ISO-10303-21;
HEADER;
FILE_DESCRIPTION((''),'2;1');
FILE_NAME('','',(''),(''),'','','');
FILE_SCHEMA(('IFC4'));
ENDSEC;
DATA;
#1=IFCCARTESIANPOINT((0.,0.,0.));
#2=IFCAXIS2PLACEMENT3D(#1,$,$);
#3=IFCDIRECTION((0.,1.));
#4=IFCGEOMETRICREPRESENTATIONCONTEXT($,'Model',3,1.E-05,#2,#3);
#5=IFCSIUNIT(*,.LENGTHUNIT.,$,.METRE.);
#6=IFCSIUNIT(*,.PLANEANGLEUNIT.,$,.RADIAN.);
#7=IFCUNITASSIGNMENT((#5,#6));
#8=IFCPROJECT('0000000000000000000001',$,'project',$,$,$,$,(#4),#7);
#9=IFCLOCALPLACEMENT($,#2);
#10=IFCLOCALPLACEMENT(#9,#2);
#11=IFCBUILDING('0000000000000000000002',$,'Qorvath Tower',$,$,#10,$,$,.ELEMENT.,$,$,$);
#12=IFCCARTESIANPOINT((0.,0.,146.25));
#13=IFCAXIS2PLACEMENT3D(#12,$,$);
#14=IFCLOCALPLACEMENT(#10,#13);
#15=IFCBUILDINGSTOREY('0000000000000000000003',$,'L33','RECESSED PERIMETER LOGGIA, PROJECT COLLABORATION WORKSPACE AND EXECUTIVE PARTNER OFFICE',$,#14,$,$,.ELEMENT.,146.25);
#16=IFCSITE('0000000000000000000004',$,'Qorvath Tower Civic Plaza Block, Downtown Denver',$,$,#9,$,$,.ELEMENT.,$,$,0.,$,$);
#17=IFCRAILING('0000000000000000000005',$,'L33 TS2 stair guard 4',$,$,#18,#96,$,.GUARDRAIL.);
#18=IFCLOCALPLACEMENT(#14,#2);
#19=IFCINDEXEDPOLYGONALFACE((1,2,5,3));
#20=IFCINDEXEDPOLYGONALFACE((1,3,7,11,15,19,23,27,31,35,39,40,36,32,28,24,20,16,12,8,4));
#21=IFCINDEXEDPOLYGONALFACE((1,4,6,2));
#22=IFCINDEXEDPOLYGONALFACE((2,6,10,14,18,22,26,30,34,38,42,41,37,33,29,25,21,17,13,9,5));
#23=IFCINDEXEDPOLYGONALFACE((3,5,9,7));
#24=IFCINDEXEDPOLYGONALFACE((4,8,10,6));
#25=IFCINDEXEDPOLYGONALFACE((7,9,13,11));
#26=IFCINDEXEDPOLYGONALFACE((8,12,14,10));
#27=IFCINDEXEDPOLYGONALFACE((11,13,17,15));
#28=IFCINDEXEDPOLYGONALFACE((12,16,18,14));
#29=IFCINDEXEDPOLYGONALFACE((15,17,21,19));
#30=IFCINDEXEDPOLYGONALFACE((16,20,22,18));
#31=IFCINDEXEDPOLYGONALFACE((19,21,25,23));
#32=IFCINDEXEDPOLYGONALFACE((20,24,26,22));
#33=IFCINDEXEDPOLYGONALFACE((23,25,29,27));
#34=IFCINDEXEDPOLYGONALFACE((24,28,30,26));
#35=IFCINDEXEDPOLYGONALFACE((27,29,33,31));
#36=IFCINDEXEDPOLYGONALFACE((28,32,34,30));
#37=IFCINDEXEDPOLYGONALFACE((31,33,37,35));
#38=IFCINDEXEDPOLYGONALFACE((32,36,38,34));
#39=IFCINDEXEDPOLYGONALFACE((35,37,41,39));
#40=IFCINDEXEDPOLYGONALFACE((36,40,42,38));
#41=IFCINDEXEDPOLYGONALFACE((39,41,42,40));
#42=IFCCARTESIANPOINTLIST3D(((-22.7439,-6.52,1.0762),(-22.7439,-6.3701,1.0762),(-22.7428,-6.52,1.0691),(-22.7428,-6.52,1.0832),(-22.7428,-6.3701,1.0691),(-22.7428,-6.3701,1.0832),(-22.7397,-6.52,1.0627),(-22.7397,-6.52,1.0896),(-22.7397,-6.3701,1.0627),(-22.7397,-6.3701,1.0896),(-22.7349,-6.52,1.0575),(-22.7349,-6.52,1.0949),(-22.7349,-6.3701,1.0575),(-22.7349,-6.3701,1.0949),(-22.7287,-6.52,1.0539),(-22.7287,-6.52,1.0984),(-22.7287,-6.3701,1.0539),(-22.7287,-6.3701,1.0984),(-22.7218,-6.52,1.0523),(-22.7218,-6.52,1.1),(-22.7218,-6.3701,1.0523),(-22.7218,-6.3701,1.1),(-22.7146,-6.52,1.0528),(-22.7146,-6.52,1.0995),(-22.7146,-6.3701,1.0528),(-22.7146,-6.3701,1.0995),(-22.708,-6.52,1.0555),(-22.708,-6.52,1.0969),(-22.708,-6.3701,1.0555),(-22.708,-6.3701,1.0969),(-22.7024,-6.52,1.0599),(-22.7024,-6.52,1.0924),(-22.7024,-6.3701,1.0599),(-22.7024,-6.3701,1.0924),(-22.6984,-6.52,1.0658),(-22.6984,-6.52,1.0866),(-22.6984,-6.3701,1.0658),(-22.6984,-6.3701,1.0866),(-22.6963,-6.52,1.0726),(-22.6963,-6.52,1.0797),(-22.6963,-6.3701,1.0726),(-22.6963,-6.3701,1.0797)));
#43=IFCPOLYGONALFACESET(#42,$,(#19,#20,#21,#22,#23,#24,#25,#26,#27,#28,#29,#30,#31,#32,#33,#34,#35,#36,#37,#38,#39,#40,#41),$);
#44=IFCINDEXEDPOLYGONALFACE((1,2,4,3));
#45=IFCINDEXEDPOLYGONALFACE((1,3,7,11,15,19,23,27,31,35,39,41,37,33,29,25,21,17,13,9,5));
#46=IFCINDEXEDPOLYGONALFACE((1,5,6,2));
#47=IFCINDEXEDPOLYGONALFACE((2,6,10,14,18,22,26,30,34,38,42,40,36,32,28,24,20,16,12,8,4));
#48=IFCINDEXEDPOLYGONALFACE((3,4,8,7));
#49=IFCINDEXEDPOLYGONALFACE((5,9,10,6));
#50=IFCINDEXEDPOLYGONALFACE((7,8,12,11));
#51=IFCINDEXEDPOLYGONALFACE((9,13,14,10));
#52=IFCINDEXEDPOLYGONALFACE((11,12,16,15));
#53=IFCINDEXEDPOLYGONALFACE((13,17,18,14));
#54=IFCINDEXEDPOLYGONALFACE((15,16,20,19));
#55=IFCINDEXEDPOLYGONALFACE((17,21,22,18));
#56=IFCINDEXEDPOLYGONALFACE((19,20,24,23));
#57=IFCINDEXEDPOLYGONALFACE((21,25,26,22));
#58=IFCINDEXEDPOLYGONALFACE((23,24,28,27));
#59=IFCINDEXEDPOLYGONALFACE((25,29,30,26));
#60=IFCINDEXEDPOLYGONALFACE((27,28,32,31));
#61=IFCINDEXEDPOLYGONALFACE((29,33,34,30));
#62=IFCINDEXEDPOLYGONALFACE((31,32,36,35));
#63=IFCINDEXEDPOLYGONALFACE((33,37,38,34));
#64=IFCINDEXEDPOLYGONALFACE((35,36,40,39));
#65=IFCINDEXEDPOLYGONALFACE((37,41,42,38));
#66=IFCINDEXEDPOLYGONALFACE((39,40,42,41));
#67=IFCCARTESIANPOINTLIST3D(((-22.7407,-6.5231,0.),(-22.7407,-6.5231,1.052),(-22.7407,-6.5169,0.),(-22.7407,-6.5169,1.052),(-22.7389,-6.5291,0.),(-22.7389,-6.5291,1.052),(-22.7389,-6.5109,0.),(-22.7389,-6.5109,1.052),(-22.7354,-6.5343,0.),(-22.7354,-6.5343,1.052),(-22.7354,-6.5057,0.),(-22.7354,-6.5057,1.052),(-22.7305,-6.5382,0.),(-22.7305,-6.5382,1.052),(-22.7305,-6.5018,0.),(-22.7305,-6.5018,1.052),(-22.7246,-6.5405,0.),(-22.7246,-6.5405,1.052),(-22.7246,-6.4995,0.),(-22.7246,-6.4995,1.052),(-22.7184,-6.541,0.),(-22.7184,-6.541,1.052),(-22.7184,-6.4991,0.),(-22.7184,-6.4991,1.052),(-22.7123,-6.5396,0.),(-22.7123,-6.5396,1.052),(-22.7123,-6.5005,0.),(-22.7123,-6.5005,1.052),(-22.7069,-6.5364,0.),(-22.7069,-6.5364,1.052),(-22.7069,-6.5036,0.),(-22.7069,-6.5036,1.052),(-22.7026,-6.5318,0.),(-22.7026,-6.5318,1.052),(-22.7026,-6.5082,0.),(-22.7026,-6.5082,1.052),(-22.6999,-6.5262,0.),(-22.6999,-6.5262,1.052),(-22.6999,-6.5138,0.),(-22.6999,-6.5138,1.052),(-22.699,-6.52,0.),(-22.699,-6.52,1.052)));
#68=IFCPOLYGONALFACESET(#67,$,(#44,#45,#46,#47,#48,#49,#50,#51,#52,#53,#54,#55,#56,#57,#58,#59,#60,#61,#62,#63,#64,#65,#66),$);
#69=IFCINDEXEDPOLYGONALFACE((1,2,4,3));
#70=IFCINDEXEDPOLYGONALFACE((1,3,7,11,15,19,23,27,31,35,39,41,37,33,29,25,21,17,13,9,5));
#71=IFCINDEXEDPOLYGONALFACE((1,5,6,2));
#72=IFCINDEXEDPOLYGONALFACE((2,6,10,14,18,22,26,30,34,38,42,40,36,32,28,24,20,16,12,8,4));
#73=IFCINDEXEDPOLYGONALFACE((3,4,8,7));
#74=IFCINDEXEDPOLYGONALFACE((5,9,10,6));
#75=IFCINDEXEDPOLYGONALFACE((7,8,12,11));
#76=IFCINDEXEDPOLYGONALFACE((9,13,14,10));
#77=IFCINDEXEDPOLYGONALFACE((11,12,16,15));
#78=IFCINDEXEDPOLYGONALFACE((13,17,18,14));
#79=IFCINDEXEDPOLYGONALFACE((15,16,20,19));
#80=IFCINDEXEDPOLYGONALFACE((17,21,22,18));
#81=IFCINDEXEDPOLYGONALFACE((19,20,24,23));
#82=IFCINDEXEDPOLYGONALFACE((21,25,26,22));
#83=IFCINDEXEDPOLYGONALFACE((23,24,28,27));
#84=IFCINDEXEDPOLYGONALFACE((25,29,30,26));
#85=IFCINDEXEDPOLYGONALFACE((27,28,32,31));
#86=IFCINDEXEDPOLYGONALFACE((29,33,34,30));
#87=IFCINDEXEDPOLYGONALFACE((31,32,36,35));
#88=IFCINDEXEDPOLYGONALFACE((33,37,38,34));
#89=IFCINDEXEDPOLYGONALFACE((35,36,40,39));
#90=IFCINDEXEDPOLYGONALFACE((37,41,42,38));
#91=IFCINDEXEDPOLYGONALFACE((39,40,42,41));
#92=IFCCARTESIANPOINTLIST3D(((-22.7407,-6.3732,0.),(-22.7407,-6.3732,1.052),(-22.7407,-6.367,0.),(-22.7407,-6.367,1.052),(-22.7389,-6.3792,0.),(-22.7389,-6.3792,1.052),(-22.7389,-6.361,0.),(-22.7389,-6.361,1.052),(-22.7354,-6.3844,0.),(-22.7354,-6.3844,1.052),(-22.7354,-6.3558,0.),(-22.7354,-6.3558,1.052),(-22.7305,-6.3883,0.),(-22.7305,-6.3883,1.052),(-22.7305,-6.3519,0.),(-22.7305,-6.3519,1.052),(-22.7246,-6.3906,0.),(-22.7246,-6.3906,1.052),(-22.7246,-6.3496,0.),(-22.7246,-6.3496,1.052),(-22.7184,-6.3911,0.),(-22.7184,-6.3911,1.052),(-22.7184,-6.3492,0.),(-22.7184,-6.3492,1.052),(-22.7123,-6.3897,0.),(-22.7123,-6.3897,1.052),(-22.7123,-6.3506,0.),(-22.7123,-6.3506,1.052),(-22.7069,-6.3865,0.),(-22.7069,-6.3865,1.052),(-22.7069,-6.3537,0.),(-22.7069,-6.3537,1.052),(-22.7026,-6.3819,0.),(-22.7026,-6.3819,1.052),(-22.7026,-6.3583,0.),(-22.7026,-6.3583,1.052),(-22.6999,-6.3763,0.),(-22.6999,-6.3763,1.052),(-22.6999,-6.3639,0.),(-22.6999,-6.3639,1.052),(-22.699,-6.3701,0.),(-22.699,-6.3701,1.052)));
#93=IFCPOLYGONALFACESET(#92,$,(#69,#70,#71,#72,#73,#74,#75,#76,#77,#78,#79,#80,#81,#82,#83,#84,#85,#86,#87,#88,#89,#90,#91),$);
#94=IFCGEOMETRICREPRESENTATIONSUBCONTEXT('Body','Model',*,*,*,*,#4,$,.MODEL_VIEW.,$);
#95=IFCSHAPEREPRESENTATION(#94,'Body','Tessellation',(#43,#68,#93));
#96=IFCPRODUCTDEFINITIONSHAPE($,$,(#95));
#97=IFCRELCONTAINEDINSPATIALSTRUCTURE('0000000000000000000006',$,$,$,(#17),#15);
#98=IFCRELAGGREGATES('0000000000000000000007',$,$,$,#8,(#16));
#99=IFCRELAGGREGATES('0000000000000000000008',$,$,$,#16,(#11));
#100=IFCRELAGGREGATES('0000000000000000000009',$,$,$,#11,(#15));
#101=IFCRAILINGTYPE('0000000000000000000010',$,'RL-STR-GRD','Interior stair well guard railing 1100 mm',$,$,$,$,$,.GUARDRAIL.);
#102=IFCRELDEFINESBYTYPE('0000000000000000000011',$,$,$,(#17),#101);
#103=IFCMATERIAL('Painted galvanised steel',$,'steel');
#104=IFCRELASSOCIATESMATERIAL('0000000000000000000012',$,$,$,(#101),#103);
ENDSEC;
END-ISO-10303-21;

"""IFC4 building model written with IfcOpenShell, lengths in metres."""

from ifc_helpers import new_model, si_unit, direction, frame, origin, origin_2d, place, context, subcontext, project, spatial, circle, extrude, material, type_object, element, save


model = new_model("IFC4")

# Units and contexts
model_context = context("Model", 3, precision=1e-05, world=origin(), true_north=direction((0.0, 1.0)))
body_context = subcontext(model_context, "Body", "Model", "MODEL_VIEW")
ifc_project = project(units=[si_unit("LENGTHUNIT", "METRE"), si_unit("PLANEANGLEUNIT", "RADIAN")], contexts=[model_context])

# Site, building, storey
site_placement = place(None, origin())
site = spatial("IfcSite", under=ifc_project, at=site_placement, Name="Qorvath Tower Civic Plaza Block, Downtown Denver", CompositionType="ELEMENT", RefElevation=0.0)
building_placement = place(site_placement, origin())
building = spatial("IfcBuilding", under=site, at=building_placement, Name="Qorvath Tower", CompositionType="ELEMENT")
storey_placement = place(building_placement, frame((0.0, 0.0, 146.25)))
storey = spatial("IfcBuildingStorey", under=building, at=storey_placement, Name="L33", Description="RECESSED PERIMETER LOGGIA, PROJECT COLLABORATION WORKSPACE AND EXECUTIVE PARTNER OFFICE", CompositionType="ELEMENT", Elevation=146.25)

# Railing
ifc_material_1 = material(Name="Painted galvanised steel", Category="steel")
railing_type_1 = type_object("IfcRailingType", Name="RL-STR-GRD", Description="Interior stair well guard railing 1100 mm", PredefinedType="GUARDRAIL", material=ifc_material_1)
railing_1_placement = place(storey_placement, frame((-22.72, -6.52, 0.0)))
element("IfcRailing", 1, at=railing_1_placement, inside=storey, type_object=railing_type_1, Name="L33 TS2 stair guard 4", PredefinedType="GUARDRAIL", context=body_context, shape_type="SweptSolid", body=[
    extrude(circle(Radius=0.0239, at=origin_2d()), frame((0.0, 0.0, 1.0762), z_axis=(0.0, 1.0, 0.0), x_axis=(-1.0, 0.0, 0.0)), (0.0, 0.0, 1.0), 0.1499),
    extrude(circle(Radius=0.021, at=origin_2d()), origin(), (0.0, 0.0, 1.0), 1.052),
    extrude(circle(Radius=0.021, at=origin_2d()), frame((0.0, 0.1499, 0.0)), (0.0, 0.0, 1.0), 1.052),
])

save(model, "model.ifc")
